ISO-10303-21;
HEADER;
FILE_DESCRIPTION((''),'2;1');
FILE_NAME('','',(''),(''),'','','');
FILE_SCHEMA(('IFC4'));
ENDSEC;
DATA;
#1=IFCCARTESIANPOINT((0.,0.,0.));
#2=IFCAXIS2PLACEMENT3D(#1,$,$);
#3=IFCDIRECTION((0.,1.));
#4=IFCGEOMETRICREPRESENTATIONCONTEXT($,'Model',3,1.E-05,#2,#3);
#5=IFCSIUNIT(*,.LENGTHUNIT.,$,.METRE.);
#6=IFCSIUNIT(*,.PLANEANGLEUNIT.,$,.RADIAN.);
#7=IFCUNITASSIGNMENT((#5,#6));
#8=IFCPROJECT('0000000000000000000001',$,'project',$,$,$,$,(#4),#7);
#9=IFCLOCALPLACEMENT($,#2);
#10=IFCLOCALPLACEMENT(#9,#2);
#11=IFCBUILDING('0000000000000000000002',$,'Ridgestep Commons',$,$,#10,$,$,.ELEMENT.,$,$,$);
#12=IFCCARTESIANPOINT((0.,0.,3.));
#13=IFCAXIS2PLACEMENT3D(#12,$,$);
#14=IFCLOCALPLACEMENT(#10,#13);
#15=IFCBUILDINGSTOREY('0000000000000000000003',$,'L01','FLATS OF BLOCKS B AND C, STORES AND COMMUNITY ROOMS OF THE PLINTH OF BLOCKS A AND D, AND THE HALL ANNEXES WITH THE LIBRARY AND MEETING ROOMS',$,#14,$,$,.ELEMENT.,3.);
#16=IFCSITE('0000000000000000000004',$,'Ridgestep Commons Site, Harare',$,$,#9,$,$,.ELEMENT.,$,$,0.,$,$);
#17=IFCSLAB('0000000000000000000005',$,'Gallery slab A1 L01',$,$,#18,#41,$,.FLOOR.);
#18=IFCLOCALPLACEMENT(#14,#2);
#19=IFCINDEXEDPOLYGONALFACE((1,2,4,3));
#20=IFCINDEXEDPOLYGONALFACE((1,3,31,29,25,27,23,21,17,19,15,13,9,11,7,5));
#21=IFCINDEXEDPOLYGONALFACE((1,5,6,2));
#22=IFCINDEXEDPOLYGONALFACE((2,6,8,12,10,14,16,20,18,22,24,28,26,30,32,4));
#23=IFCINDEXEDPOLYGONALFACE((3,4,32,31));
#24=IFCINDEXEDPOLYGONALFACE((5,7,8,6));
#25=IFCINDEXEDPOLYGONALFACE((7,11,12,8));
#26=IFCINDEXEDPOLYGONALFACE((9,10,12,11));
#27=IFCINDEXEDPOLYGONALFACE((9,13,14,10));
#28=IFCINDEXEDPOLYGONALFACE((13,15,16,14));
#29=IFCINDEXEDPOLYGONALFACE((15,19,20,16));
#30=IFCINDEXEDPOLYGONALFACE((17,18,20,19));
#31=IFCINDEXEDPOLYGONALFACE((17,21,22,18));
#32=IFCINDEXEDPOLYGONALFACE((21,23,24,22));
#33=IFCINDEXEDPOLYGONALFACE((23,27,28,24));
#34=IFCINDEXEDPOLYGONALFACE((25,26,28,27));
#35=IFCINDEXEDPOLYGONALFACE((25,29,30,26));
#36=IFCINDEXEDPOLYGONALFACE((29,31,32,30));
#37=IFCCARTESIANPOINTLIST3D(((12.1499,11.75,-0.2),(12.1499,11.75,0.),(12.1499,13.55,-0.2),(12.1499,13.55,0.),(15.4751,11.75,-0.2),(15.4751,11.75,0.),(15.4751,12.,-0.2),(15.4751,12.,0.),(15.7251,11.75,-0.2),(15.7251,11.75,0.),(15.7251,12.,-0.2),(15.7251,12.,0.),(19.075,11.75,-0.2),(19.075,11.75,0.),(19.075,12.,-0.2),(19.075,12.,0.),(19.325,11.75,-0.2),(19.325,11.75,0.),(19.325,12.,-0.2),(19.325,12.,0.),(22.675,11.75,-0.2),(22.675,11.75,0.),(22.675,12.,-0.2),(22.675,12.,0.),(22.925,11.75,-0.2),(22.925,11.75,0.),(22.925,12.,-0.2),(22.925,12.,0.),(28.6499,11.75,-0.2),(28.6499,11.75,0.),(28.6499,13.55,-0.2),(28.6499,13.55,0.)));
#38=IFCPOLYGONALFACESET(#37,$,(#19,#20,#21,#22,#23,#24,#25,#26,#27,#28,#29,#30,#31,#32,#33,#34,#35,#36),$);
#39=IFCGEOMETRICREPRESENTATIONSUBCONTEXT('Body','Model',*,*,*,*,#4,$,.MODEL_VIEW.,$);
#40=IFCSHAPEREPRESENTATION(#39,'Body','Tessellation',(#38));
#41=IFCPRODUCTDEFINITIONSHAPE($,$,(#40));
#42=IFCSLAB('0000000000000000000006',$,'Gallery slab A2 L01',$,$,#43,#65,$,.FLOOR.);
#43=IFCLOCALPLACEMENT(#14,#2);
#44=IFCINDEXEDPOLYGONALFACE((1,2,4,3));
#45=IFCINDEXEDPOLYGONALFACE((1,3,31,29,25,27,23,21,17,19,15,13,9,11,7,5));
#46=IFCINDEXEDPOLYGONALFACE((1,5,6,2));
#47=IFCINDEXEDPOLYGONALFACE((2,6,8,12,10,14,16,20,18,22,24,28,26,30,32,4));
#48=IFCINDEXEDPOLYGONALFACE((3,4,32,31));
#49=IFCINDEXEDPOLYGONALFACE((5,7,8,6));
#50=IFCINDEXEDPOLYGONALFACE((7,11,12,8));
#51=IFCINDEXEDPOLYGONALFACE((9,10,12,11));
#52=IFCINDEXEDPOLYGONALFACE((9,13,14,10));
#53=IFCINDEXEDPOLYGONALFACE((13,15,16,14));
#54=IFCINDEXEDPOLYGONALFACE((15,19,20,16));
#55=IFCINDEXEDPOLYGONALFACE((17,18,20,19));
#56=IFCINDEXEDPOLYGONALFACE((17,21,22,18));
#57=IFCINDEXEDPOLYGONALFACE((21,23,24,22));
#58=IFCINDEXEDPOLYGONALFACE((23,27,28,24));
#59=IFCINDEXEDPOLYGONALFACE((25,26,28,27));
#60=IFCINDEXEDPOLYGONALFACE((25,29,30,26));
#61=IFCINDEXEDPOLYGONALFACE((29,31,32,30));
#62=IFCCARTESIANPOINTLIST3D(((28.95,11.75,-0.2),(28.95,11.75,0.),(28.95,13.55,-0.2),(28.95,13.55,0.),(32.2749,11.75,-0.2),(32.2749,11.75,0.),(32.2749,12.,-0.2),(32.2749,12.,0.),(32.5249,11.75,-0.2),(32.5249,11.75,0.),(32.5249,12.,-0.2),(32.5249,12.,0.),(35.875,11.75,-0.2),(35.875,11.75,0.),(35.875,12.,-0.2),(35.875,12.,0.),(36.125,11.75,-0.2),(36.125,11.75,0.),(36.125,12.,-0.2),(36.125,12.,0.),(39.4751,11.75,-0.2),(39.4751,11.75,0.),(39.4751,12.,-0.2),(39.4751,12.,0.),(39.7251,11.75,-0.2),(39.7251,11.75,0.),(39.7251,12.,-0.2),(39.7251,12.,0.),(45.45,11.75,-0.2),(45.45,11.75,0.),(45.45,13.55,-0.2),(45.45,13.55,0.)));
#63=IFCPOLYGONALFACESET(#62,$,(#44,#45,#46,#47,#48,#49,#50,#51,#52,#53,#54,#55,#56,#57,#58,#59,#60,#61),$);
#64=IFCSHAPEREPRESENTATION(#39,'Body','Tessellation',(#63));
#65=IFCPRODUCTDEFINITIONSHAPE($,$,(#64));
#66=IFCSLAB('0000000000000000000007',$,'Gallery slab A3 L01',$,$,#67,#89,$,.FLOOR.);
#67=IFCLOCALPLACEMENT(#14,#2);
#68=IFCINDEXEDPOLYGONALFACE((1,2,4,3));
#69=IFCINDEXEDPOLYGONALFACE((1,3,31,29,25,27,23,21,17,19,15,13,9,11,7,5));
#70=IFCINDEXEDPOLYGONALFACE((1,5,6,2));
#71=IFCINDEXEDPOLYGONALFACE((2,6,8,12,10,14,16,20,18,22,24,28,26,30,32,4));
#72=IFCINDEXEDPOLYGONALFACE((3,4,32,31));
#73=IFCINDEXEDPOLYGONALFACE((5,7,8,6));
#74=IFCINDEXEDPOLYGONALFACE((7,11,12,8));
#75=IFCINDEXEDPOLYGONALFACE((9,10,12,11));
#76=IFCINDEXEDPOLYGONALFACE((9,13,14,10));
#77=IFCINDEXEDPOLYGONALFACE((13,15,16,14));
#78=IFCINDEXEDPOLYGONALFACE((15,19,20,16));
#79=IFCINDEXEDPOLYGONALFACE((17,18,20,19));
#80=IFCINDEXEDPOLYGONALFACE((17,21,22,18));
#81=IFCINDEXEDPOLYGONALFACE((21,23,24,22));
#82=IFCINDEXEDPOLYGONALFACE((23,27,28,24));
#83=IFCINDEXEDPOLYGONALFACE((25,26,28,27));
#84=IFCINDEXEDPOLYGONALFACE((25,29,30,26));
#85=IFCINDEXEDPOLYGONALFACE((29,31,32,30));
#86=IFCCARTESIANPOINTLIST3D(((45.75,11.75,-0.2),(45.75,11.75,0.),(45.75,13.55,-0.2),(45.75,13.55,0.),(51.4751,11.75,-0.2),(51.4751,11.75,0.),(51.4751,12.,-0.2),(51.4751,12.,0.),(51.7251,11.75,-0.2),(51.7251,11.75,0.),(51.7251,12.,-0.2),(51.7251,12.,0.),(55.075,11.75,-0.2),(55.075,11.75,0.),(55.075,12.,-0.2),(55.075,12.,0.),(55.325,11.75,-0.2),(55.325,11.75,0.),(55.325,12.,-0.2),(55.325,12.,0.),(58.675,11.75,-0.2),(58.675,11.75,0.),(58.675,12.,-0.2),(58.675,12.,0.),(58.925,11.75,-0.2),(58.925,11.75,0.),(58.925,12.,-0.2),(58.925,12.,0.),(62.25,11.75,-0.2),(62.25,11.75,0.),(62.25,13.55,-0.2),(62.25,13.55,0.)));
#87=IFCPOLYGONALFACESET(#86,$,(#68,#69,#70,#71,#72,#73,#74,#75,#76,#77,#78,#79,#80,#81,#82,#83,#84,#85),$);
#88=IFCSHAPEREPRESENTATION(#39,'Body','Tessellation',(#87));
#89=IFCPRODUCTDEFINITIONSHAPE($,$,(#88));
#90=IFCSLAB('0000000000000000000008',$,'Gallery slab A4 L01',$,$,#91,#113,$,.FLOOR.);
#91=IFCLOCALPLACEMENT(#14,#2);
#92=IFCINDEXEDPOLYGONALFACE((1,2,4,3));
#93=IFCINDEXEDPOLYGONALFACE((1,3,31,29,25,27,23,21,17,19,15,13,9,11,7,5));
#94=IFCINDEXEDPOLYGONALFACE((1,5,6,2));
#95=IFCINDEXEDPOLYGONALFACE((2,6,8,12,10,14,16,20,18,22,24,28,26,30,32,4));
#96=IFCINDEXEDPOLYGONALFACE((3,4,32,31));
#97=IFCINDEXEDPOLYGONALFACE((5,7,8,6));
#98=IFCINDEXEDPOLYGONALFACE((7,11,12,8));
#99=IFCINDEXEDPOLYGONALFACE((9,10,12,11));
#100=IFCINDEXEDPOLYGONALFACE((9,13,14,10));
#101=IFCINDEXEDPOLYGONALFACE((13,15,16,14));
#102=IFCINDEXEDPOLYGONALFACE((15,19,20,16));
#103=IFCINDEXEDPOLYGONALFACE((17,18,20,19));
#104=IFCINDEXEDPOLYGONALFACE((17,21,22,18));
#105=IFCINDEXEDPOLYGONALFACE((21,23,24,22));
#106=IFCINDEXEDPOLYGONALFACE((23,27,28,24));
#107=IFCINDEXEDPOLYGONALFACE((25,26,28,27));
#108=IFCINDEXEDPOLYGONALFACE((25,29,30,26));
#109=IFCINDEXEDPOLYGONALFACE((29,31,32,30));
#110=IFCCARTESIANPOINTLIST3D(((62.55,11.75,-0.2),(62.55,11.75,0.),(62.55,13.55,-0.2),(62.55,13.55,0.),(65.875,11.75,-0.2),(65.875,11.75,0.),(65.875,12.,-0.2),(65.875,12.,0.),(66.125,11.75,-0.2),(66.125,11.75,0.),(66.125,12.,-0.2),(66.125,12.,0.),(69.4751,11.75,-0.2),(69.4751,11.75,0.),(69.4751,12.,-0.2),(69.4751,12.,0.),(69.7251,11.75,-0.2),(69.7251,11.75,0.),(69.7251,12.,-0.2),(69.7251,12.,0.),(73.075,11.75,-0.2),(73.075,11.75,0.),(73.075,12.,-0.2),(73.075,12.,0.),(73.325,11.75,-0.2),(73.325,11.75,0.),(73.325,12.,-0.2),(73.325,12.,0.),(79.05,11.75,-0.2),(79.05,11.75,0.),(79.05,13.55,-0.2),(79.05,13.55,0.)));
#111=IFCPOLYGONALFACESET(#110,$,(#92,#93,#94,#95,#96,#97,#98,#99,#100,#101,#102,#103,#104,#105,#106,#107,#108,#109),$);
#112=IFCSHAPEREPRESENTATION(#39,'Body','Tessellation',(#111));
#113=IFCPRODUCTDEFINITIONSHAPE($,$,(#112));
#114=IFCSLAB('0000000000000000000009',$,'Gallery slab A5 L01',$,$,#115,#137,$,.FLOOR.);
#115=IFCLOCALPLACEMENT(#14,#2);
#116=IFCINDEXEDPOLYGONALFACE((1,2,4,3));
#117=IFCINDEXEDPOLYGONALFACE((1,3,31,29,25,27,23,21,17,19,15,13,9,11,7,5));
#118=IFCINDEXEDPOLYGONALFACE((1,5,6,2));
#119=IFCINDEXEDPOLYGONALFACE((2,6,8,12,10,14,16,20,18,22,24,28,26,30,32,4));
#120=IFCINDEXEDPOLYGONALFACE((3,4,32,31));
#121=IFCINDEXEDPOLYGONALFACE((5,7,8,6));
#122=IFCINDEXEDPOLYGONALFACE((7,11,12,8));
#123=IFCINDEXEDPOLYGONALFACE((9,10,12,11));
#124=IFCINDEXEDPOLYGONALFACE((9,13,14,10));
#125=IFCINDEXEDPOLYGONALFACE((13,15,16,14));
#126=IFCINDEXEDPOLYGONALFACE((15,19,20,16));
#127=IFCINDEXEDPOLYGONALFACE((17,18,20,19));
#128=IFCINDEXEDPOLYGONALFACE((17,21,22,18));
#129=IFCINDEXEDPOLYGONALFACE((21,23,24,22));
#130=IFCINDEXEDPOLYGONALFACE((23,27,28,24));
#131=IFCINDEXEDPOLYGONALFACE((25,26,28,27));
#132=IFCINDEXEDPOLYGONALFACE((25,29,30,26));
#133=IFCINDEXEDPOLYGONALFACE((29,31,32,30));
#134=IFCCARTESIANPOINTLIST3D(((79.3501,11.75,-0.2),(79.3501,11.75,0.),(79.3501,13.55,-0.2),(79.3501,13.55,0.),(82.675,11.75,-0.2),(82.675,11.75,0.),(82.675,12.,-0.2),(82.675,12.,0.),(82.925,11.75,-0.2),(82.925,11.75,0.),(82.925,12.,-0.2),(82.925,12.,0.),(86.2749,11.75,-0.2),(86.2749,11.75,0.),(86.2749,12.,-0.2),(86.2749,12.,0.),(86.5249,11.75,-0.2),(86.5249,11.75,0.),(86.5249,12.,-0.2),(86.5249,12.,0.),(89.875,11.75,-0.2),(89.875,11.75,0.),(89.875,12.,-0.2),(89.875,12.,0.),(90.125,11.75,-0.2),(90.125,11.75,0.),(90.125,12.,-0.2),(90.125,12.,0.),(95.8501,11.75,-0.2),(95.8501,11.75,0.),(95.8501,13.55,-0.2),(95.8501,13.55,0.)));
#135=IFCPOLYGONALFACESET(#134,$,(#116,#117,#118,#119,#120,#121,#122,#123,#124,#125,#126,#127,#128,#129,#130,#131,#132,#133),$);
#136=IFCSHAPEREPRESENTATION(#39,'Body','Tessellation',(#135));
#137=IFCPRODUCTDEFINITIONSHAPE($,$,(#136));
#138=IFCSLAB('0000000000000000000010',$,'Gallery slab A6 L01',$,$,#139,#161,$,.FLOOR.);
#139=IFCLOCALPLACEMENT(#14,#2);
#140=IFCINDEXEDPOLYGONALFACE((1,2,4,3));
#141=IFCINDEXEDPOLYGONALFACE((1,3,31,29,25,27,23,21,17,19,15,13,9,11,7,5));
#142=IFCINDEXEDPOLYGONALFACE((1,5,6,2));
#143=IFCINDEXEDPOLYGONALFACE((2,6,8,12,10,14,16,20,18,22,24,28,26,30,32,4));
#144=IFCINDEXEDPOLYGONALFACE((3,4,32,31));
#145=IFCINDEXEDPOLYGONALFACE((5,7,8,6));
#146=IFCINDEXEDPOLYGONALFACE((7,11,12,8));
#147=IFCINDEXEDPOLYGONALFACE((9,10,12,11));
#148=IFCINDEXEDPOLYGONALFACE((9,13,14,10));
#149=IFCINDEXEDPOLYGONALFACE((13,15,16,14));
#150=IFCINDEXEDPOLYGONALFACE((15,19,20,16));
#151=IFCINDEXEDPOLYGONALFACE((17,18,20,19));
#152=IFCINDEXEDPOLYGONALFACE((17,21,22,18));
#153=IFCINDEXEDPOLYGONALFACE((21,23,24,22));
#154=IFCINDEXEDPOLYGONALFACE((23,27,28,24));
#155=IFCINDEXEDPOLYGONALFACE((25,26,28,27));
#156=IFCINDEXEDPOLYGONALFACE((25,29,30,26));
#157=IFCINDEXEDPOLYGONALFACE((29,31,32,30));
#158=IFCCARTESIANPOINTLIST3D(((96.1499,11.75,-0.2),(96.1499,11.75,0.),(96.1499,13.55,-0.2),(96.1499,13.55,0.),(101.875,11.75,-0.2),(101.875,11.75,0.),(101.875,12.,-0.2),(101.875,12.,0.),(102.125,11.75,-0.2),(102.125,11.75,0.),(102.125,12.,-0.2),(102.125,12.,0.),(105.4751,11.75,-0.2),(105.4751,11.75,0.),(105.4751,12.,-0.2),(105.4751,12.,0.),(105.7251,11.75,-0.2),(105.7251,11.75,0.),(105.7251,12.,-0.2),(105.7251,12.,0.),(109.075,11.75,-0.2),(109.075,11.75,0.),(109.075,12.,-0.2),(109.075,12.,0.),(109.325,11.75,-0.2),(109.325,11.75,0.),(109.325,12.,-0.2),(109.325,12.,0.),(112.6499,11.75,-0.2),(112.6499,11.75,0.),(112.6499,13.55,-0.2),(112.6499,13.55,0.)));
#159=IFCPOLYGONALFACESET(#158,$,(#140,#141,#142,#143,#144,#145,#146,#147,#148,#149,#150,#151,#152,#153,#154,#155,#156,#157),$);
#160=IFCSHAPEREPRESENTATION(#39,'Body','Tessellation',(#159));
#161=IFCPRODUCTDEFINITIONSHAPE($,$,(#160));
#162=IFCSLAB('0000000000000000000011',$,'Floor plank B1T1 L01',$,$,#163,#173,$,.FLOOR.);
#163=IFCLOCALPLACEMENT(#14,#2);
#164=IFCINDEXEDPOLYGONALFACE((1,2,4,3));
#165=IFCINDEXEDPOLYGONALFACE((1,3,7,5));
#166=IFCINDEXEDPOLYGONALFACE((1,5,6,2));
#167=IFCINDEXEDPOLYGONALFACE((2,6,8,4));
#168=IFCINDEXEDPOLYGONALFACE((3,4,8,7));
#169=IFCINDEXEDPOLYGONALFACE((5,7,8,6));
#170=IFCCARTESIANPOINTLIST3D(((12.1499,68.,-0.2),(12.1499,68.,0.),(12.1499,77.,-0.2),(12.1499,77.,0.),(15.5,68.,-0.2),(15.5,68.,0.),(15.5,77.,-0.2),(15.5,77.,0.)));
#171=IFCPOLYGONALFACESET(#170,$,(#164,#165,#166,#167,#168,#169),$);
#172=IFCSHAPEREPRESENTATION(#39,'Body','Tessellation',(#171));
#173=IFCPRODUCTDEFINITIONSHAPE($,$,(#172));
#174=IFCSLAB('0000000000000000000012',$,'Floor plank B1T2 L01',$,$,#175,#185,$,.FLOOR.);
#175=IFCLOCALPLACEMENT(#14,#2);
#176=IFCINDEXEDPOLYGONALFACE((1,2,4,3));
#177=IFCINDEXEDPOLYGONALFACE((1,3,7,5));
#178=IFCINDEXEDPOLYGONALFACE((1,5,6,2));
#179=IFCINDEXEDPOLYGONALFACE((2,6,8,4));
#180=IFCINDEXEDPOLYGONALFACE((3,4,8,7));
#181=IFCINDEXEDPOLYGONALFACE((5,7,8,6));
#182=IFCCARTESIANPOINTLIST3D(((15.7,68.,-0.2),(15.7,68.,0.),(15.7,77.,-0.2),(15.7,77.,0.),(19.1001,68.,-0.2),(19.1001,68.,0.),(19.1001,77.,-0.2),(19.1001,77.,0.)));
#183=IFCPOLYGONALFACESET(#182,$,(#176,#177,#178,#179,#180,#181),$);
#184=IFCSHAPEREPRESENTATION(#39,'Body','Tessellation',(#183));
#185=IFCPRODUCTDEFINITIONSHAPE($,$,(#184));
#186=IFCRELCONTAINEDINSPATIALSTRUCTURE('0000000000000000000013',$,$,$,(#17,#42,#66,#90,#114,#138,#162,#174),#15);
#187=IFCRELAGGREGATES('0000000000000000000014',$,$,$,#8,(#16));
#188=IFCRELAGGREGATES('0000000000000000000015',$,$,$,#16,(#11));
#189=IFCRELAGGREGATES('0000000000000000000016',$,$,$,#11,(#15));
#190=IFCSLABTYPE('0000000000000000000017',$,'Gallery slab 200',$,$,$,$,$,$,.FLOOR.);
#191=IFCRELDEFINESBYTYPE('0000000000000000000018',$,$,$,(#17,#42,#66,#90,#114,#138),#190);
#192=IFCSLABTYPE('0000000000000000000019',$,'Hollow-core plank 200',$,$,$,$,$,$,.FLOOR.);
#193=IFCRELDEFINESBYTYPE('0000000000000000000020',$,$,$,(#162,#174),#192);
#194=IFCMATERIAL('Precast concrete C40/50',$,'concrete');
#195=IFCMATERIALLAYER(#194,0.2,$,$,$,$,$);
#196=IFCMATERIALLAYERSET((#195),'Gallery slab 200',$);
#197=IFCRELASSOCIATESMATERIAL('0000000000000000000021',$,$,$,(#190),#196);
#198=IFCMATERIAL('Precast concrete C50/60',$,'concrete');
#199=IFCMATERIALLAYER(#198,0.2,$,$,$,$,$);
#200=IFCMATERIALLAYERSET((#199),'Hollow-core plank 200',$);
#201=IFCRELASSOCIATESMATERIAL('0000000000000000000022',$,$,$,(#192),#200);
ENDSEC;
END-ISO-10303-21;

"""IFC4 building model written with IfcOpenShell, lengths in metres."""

from ifc_helpers import new_model, si_unit, direction, frame, origin, place, context, subcontext, project, spatial, polyline, outline, extrude, material, layer, layer_set, type_object, element, save


model = new_model("IFC4")

# Units and contexts
model_context = context("Model", 3, precision=1e-05, world=origin(), true_north=direction((0.0, 1.0)))
body_context = subcontext(model_context, "Body", "Model", "MODEL_VIEW")
ifc_project = project(units=[si_unit("LENGTHUNIT", "METRE"), si_unit("PLANEANGLEUNIT", "RADIAN")], contexts=[model_context])

# Site, building, storey
site_placement = place(None, origin())
site = spatial("IfcSite", under=ifc_project, at=site_placement, Name="Ridgestep Commons Site, Harare", CompositionType="ELEMENT", RefElevation=0.0)
building_placement = place(site_placement, origin())
building = spatial("IfcBuilding", under=site, at=building_placement, Name="Ridgestep Commons", CompositionType="ELEMENT")
storey_placement = place(building_placement, frame((0.0, 0.0, 3.0)))
storey = spatial("IfcBuildingStorey", under=building, at=storey_placement, Name="L01", Description="FLATS OF BLOCKS B AND C, STORES AND COMMUNITY ROOMS OF THE PLINTH OF BLOCKS A AND D, AND THE HALL ANNEXES WITH THE LIBRARY AND MEETING ROOMS", CompositionType="ELEMENT", Elevation=3.0)

# Slabs
ifc_material_1 = material(Name="Precast concrete C40/50", Category="concrete")
ifc_layer_1 = layer(ifc_material_1, 0.2)
ifc_layer_set_1 = layer_set([ifc_layer_1], Name="Gallery slab 200")
slab_type_1 = type_object("IfcSlabType", Name="Gallery slab 200", PredefinedType="FLOOR", material=ifc_layer_set_1)
slab_1_placement = place(storey_placement, frame((0.0, 0.0, -0.2)))
element("IfcSlab", 1, at=slab_1_placement, inside=storey, type_object=slab_type_1, Name="Gallery slab A1 L01", PredefinedType="FLOOR", context=body_context, shape_type="SweptSolid", body=[
    extrude(outline(polyline([(28.6499, 13.55), (12.1499, 13.55), (12.1499, 11.75), (15.4751, 11.75), (15.4751, 12.0), (15.7251, 12.0), (15.7251, 11.75), (19.075, 11.75), (19.075, 12.0), (19.325, 12.0), (19.325, 11.75), (22.675, 11.75), (22.675, 12.0), (22.925, 12.0), (22.925, 11.75), (28.6499, 11.75), (28.6499, 13.55)])), origin(), (0.0, 0.0, 1.0), 0.2),
])
slab_2_placement = place(storey_placement, frame((0.0, 0.0, -0.2)))
element("IfcSlab", 2, at=slab_2_placement, inside=storey, type_object=slab_type_1, Name="Gallery slab A2 L01", PredefinedType="FLOOR", context=body_context, shape_type="SweptSolid", body=[
    extrude(outline(polyline([(45.45, 13.55), (28.95, 13.55), (28.95, 11.75), (32.2749, 11.75), (32.2749, 12.0), (32.5249, 12.0), (32.5249, 11.75), (35.875, 11.75), (35.875, 12.0), (36.125, 12.0), (36.125, 11.75), (39.4751, 11.75), (39.4751, 12.0), (39.7251, 12.0), (39.7251, 11.75), (45.45, 11.75), (45.45, 13.55)])), origin(), (0.0, 0.0, 1.0), 0.2),
])
slab_3_placement = place(storey_placement, frame((0.0, 0.0, -0.2)))
element("IfcSlab", 3, at=slab_3_placement, inside=storey, type_object=slab_type_1, Name="Gallery slab A3 L01", PredefinedType="FLOOR", context=body_context, shape_type="SweptSolid", body=[
    extrude(outline(polyline([(62.25, 13.55), (45.75, 13.55), (45.75, 11.75), (51.4751, 11.75), (51.4751, 12.0), (51.7251, 12.0), (51.7251, 11.75), (55.075, 11.75), (55.075, 12.0), (55.325, 12.0), (55.325, 11.75), (58.675, 11.75), (58.675, 12.0), (58.925, 12.0), (58.925, 11.75), (62.25, 11.75), (62.25, 13.55)])), origin(), (0.0, 0.0, 1.0), 0.2),
])
slab_4_placement = place(storey_placement, frame((0.0, 0.0, -0.2)))
element("IfcSlab", 4, at=slab_4_placement, inside=storey, type_object=slab_type_1, Name="Gallery slab A4 L01", PredefinedType="FLOOR", context=body_context, shape_type="SweptSolid", body=[
    extrude(outline(polyline([(79.05, 13.55), (62.55, 13.55), (62.55, 11.75), (65.875, 11.75), (65.875, 12.0), (66.125, 12.0), (66.125, 11.75), (69.4751, 11.75), (69.4751, 12.0), (69.7251, 12.0), (69.7251, 11.75), (73.075, 11.75), (73.075, 12.0), (73.325, 12.0), (73.325, 11.75), (79.05, 11.75), (79.05, 13.55)])), origin(), (0.0, 0.0, 1.0), 0.2),
])
slab_5_placement = place(storey_placement, frame((0.0, 0.0, -0.2)))
element("IfcSlab", 5, at=slab_5_placement, inside=storey, type_object=slab_type_1, Name="Gallery slab A5 L01", PredefinedType="FLOOR", context=body_context, shape_type="SweptSolid", body=[
    extrude(outline(polyline([(95.8501, 13.55), (79.3501, 13.55), (79.3501, 11.75), (82.675, 11.75), (82.675, 12.0), (82.925, 12.0), (82.925, 11.75), (86.2749, 11.75), (86.2749, 12.0), (86.5249, 12.0), (86.5249, 11.75), (89.875, 11.75), (89.875, 12.0), (90.125, 12.0), (90.125, 11.75), (95.8501, 11.75), (95.8501, 13.55)])), origin(), (0.0, 0.0, 1.0), 0.2),
])
slab_6_placement = place(storey_placement, frame((0.0, 0.0, -0.2)))
element("IfcSlab", 6, at=slab_6_placement, inside=storey, type_object=slab_type_1, Name="Gallery slab A6 L01", PredefinedType="FLOOR", context=body_context, shape_type="SweptSolid", body=[
    extrude(outline(polyline([(112.6499, 13.55), (96.1499, 13.55), (96.1499, 11.75), (101.875, 11.75), (101.875, 12.0), (102.125, 12.0), (102.125, 11.75), (105.4751, 11.75), (105.4751, 12.0), (105.7251, 12.0), (105.7251, 11.75), (109.075, 11.75), (109.075, 12.0), (109.325, 12.0), (109.325, 11.75), (112.6499, 11.75), (112.6499, 13.55)])), origin(), (0.0, 0.0, 1.0), 0.2),
])
ifc_material_2 = material(Name="Precast concrete C50/60", Category="concrete")
ifc_layer_2 = layer(ifc_material_2, 0.2)
ifc_layer_set_2 = layer_set([ifc_layer_2], Name="Hollow-core plank 200")
slab_type_2 = type_object("IfcSlabType", Name="Hollow-core plank 200", PredefinedType="FLOOR", material=ifc_layer_set_2)
slab_7_placement = place(storey_placement, frame((0.0, 0.0, -0.2)))
element("IfcSlab", 7, at=slab_7_placement, inside=storey, type_object=slab_type_2, Name="Floor plank B1T1 L01", PredefinedType="FLOOR", context=body_context, shape_type="SweptSolid", body=[
    extrude(outline(polyline([(15.5, 68.0), (15.5, 77.0), (12.1499, 77.0), (12.1499, 68.0), (15.5, 68.0)])), origin(), (0.0, 0.0, 1.0), 0.2),
])
slab_8_placement = place(storey_placement, frame((0.0, 0.0, -0.2)))
element("IfcSlab", 8, at=slab_8_placement, inside=storey, type_object=slab_type_2, Name="Floor plank B1T2 L01", PredefinedType="FLOOR", context=body_context, shape_type="SweptSolid", body=[
    extrude(outline(polyline([(19.1001, 68.0), (19.1001, 77.0), (15.7, 77.0), (15.7, 68.0), (19.1001, 68.0)])), origin(), (0.0, 0.0, 1.0), 0.2),
])

save(model, "model.ifc")
